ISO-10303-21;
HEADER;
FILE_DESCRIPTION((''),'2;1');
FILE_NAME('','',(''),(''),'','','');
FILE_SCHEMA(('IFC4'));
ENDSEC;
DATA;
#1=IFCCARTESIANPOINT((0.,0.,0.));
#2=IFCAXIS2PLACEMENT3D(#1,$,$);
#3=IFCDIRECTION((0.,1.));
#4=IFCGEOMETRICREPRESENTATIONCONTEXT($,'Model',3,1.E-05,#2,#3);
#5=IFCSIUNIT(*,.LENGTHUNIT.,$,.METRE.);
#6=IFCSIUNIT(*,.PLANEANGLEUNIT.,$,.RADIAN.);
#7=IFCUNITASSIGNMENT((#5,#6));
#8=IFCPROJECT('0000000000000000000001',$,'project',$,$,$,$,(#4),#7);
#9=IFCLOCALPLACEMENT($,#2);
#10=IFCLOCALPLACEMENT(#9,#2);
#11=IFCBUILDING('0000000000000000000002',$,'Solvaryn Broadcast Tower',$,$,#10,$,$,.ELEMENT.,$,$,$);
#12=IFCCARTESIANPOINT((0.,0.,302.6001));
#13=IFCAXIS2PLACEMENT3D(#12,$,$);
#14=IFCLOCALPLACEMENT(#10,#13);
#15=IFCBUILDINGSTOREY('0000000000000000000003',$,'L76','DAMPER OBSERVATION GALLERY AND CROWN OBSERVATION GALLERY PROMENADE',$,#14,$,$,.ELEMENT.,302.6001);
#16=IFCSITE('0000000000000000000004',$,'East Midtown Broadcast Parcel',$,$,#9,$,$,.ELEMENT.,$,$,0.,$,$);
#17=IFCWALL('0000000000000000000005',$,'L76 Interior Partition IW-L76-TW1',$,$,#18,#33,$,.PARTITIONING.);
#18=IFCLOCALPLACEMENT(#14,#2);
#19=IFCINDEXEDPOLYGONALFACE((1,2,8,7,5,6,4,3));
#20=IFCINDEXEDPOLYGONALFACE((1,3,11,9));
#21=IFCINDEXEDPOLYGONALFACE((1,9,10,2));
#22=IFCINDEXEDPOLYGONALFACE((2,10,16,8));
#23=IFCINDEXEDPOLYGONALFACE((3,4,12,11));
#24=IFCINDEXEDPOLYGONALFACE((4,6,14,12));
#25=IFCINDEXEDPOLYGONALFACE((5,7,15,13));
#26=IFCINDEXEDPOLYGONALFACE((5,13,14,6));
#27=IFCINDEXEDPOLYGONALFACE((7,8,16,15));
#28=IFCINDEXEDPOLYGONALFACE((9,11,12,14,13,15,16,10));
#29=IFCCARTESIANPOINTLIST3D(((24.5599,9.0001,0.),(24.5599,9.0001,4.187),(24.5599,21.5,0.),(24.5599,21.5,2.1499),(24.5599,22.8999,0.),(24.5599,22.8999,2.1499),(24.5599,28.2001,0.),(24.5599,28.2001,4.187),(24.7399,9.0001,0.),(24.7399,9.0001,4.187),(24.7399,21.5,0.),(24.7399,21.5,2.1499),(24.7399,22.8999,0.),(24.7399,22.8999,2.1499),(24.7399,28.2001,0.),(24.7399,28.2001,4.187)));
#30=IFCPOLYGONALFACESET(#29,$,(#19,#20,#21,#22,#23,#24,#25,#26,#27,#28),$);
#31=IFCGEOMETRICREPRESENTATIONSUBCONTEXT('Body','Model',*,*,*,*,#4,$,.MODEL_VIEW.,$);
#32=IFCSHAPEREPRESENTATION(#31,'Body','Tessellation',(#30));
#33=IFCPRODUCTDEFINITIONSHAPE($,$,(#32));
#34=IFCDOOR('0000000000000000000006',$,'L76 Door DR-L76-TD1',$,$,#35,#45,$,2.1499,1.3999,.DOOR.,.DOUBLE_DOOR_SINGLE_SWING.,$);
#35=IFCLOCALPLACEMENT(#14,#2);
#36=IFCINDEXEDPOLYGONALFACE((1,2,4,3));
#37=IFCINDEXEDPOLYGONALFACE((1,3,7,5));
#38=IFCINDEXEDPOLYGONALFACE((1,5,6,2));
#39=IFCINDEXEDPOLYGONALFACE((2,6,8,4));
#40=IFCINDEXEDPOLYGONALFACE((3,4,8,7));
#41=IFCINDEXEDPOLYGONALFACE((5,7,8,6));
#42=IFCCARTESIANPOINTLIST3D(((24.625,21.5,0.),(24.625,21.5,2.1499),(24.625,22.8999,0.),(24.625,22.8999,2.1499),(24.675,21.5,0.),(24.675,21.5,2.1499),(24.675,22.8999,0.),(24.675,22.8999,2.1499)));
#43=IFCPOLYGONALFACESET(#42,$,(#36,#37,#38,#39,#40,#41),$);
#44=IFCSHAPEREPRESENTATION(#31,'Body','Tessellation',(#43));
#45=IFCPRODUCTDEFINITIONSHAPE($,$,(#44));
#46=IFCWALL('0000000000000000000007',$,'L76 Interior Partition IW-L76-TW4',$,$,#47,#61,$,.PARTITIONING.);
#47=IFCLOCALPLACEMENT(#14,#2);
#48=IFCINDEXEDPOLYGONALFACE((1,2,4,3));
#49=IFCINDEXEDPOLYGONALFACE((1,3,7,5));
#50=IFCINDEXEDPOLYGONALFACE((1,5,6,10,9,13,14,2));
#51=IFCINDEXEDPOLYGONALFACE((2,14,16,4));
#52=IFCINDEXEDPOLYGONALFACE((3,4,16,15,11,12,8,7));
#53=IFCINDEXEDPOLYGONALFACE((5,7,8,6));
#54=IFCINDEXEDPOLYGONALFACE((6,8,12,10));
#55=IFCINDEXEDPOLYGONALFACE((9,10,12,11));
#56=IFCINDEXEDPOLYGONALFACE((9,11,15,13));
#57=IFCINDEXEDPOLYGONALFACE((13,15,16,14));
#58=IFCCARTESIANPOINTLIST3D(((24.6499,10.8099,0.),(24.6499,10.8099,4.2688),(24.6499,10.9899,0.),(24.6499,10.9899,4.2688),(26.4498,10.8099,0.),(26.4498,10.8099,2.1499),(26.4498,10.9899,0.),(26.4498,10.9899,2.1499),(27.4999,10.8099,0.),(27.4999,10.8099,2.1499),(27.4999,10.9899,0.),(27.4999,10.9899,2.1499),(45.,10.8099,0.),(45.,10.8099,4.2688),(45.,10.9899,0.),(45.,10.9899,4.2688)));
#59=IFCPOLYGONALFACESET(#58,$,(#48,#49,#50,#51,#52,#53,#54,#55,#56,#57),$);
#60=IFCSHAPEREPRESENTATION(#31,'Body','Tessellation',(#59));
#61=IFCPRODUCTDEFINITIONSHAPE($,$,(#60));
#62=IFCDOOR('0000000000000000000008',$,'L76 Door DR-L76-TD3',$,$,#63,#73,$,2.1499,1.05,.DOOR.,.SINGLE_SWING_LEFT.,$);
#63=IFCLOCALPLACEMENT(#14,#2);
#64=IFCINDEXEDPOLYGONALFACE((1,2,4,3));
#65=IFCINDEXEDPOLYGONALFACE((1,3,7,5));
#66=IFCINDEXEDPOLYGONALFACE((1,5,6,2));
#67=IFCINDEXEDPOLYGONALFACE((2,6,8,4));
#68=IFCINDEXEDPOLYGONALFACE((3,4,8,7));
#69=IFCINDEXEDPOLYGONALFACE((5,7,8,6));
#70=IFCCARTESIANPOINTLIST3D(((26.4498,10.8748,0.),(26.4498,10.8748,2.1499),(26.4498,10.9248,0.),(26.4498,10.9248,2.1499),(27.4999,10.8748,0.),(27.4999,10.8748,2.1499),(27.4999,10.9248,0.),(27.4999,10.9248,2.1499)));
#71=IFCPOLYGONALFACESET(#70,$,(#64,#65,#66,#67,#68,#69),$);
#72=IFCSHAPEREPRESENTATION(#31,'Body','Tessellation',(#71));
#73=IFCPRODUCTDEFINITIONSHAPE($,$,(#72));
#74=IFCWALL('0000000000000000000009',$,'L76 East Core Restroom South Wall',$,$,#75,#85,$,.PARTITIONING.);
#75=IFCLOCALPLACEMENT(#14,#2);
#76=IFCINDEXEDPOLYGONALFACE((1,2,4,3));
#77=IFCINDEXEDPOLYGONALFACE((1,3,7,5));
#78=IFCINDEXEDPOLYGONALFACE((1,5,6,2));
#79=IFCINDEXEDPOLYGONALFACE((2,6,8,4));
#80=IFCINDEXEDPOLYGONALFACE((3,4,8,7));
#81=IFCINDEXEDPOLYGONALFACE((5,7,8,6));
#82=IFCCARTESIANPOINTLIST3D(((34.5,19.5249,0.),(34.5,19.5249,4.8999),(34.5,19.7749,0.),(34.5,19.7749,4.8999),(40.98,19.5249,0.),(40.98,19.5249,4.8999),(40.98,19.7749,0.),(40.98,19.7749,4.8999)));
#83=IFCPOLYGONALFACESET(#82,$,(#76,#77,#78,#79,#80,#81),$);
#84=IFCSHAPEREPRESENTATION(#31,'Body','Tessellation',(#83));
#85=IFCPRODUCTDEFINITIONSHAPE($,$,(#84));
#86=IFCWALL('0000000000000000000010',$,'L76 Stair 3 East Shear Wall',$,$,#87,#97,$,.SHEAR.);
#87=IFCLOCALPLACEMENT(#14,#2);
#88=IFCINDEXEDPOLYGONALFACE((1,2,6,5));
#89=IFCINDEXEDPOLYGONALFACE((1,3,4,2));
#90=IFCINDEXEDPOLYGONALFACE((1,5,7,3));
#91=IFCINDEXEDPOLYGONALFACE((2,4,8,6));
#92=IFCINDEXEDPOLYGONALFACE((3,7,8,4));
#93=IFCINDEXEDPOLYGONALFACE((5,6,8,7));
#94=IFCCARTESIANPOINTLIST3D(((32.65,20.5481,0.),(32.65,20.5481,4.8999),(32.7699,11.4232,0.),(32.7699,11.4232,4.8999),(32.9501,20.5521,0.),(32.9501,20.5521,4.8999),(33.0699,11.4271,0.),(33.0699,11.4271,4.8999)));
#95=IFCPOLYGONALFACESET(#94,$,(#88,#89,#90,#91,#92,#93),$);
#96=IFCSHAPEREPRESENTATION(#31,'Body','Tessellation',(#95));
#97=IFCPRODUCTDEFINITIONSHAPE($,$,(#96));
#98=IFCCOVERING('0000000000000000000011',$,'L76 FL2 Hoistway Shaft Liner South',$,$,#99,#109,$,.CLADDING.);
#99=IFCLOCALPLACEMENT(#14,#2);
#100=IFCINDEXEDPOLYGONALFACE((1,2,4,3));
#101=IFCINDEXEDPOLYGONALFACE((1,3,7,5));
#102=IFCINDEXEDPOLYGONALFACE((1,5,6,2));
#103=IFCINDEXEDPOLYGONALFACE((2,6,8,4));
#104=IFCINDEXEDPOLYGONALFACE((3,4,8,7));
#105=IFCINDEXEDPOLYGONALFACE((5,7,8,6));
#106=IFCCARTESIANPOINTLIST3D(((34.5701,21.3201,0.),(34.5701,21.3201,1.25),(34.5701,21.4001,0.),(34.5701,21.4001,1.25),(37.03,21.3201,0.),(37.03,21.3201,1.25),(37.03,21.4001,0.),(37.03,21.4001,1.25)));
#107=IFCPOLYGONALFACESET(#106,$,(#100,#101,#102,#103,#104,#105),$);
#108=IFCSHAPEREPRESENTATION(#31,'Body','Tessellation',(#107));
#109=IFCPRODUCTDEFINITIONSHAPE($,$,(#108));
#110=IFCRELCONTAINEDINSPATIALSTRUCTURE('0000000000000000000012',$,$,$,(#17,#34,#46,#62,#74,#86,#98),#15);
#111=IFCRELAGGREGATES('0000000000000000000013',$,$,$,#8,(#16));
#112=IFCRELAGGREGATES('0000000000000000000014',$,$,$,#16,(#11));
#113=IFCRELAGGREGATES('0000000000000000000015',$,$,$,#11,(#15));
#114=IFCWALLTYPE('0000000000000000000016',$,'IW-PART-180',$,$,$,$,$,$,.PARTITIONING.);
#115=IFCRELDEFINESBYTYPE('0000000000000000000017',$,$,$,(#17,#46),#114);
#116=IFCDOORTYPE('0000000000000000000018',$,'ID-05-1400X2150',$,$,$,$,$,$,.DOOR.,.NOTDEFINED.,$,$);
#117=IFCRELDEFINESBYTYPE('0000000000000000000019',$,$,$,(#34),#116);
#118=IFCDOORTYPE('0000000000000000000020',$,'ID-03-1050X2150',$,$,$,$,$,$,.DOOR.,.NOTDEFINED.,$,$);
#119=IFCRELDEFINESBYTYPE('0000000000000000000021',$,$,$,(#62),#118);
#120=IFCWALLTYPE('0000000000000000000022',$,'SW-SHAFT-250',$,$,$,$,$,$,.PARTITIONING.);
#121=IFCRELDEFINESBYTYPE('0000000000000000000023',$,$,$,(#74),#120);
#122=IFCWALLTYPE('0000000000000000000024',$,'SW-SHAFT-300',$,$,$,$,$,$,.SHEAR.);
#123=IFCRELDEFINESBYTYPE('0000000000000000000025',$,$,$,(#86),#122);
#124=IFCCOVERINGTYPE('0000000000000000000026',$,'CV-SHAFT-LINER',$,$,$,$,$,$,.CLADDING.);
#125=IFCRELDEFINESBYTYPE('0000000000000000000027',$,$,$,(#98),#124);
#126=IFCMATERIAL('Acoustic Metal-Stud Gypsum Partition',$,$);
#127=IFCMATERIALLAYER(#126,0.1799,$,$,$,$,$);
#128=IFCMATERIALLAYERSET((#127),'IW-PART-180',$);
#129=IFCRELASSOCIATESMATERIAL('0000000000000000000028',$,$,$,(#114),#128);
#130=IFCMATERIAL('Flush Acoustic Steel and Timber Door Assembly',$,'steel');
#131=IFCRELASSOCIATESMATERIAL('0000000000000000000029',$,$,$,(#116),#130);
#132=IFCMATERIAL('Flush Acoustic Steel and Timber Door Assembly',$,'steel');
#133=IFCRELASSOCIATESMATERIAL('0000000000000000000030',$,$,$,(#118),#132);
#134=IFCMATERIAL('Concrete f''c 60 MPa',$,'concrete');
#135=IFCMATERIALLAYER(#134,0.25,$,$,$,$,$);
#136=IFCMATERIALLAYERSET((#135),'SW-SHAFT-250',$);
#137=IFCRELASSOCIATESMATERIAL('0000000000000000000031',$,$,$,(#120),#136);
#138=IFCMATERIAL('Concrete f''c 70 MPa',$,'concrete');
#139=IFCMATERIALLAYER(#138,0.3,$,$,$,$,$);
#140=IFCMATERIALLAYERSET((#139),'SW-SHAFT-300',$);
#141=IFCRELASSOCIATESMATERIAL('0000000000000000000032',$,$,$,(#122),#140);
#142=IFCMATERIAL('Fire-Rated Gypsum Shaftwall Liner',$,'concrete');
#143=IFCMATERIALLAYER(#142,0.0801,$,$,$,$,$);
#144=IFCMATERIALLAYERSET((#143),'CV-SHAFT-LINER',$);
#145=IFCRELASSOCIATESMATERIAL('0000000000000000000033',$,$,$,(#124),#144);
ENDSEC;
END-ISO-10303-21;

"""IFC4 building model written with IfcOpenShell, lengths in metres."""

from ifc_helpers import new_model, si_unit, direction, frame, frame_2d, origin, origin_2d, place, context, subcontext, project, spatial, rectangle, extrude, material, layer, layer_set, type_object, element, fill, save


model = new_model("IFC4")

# Units and contexts
model_context = context("Model", 3, precision=1e-05, world=origin(), true_north=direction((0.0, 1.0)))
body_context = subcontext(model_context, "Body", "Model", "MODEL_VIEW")
ifc_project = project(units=[si_unit("LENGTHUNIT", "METRE"), si_unit("PLANEANGLEUNIT", "RADIAN")], contexts=[model_context])

# Site, building, storey
site_placement = place(None, origin())
site = spatial("IfcSite", under=ifc_project, at=site_placement, Name="East Midtown Broadcast Parcel", CompositionType="ELEMENT", RefElevation=0.0)
building_placement = place(site_placement, origin())
building = spatial("IfcBuilding", under=site, at=building_placement, Name="Solvaryn Broadcast Tower", CompositionType="ELEMENT")
storey_placement = place(building_placement, frame((0.0, 0.0, 302.6001)))
storey = spatial("IfcBuildingStorey", under=building, at=storey_placement, Name="L76", Description="DAMPER OBSERVATION GALLERY AND CROWN OBSERVATION GALLERY PROMENADE", CompositionType="ELEMENT", Elevation=302.6001)

# Walls, openings, doors
ifc_material_1 = material(Name="Acoustic Metal-Stud Gypsum Partition")
ifc_layer_1 = layer(ifc_material_1, 0.1799)
ifc_layer_set_1 = layer_set([ifc_layer_1], Name="IW-PART-180")
wall_type_1 = type_object("IfcWallType", Name="IW-PART-180", PredefinedType="PARTITIONING", material=ifc_layer_set_1)
wall_1_placement = place(storey_placement, frame((24.6499, 9.0, 0.0), z_axis=(0.0, 0.0, 1.0), x_axis=(0.0, 1.0, 0.0)))
wall_1 = element("IfcWall", 1, at=wall_1_placement, inside=storey, type_object=wall_type_1, Name="L76 Interior Partition IW-L76-TW1", PredefinedType="PARTITIONING", context=body_context, shape_type="SweptSolid", body=[
    extrude(rectangle(XDim=19.2, YDim=0.1799, at=frame_2d((9.6001, 0.0))), origin(), (0.0, 0.0, 1.0), 4.187),
])
opening_1_placement = place(wall_1_placement, frame((12.5, 0.0, 0.0)))
opening_1 = element("IfcOpeningElement", 2, at=opening_1_placement, cuts=wall_1, PredefinedType="OPENING", context=body_context, shape_type="SweptSolid", body=[
    extrude(rectangle(XDim=1.3999, YDim=2.1499, at=frame_2d((0.7, 1.075))), frame((0.0, 0.0999, 0.0), z_axis=(0.0, -1.0, 0.0), x_axis=(1.0, 0.0, 0.0)), (0.0, 0.0, 1.0), 0.2),
])
ifc_material_2 = material(Name="Flush Acoustic Steel and Timber Door Assembly", Category="steel")
door_type_1 = type_object("IfcDoorType", Name="ID-05-1400X2150", OperationType="NOTDEFINED", PredefinedType="DOOR", material=ifc_material_2)
door_1_placement = place(opening_1_placement, origin())
door_1 = element("IfcDoor", 3, at=door_1_placement, inside=storey, type_object=door_type_1, Name="L76 Door DR-L76-TD1", OperationType="DOUBLE_DOOR_SINGLE_SWING", OverallHeight=2.1499, OverallWidth=1.3999, PredefinedType="DOOR", context=body_context, shape_type="SweptSolid", body=[
    extrude(rectangle(XDim=1.3999, YDim=2.1499, at=frame_2d((0.7, 1.075))), frame((0.0, 0.0249, 0.0), z_axis=(0.0, -1.0, 0.0), x_axis=(1.0, 0.0, 0.0)), (0.0, 0.0, 1.0), 0.05),
])
fill(opening_1, door_1)
wall_2_placement = place(storey_placement, frame((24.6499, 10.8999, 0.0), z_axis=(0.0, 0.0, 1.0), x_axis=(1.0, 0.0, 0.0)))
wall_2 = element("IfcWall", 4, at=wall_2_placement, inside=storey, type_object=wall_type_1, Name="L76 Interior Partition IW-L76-TW4", PredefinedType="PARTITIONING", context=body_context, shape_type="SweptSolid", body=[
    extrude(rectangle(XDim=20.3501, YDim=0.1799, at=frame_2d((10.175, 0.0))), origin(), (0.0, 0.0, 1.0), 4.2688),
])
opening_2_placement = place(wall_2_placement, frame((1.8, 0.0, 0.0)))
opening_2 = element("IfcOpeningElement", 5, at=opening_2_placement, cuts=wall_2, PredefinedType="OPENING", context=body_context, shape_type="SweptSolid", body=[
    extrude(rectangle(XDim=1.05, YDim=2.1499, at=frame_2d((0.5249, 1.075))), frame((0.0, 0.0999, 0.0), z_axis=(0.0, -1.0, 0.0), x_axis=(1.0, 0.0, 0.0)), (0.0, 0.0, 1.0), 0.2),
])
ifc_material_3 = material(Name="Flush Acoustic Steel and Timber Door Assembly", Category="steel")
door_type_2 = type_object("IfcDoorType", Name="ID-03-1050X2150", OperationType="NOTDEFINED", PredefinedType="DOOR", material=ifc_material_3)
door_2_placement = place(opening_2_placement, origin())
door_2 = element("IfcDoor", 6, at=door_2_placement, inside=storey, type_object=door_type_2, Name="L76 Door DR-L76-TD3", OperationType="SINGLE_SWING_LEFT", OverallHeight=2.1499, OverallWidth=1.05, PredefinedType="DOOR", context=body_context, shape_type="SweptSolid", body=[
    extrude(rectangle(XDim=1.05, YDim=2.1499, at=frame_2d((0.5249, 1.075))), frame((0.0, 0.0249, 0.0), z_axis=(0.0, -1.0, 0.0), x_axis=(1.0, 0.0, 0.0)), (0.0, 0.0, 1.0), 0.05),
])
fill(opening_2, door_2)
ifc_material_4 = material(Name="Concrete f'c 60 MPa", Category="concrete")
ifc_layer_2 = layer(ifc_material_4, 0.25)
ifc_layer_set_2 = layer_set([ifc_layer_2], Name="SW-SHAFT-250")
wall_type_2 = type_object("IfcWallType", Name="SW-SHAFT-250", PredefinedType="PARTITIONING", material=ifc_layer_set_2)

# Walls
wall_3_placement = place(storey_placement, frame((34.5, 19.6499, 0.0), z_axis=(0.0, 0.0, 1.0), x_axis=(1.0, 0.0, 0.0)))
element("IfcWall", 7, at=wall_3_placement, inside=storey, type_object=wall_type_2, Name="L76 East Core Restroom South Wall", PredefinedType="PARTITIONING", context=body_context, shape_type="SweptSolid", body=[
    extrude(rectangle(XDim=6.48, YDim=0.25, at=frame_2d((3.24, 0.0))), origin(), (0.0, 0.0, 1.0), 4.8999),
])
ifc_material_5 = material(Name="Concrete f'c 70 MPa", Category="concrete")
ifc_layer_3 = layer(ifc_material_5, 0.3)
ifc_layer_set_3 = layer_set([ifc_layer_3], Name="SW-SHAFT-300")
wall_type_3 = type_object("IfcWallType", Name="SW-SHAFT-300", PredefinedType="SHEAR", material=ifc_layer_set_3)
wall_4_placement = place(storey_placement, frame((32.9199, 11.425, 0.0), z_axis=(0.0, 0.0, 1.0), x_axis=(-0.013136, 0.999914, 0.0)))
element("IfcWall", 8, at=wall_4_placement, inside=storey, type_object=wall_type_3, Name="L76 Stair 3 East Shear Wall", PredefinedType="SHEAR", context=body_context, shape_type="SweptSolid", body=[
    extrude(rectangle(XDim=9.1257, YDim=0.3, at=frame_2d((4.563, 0.0))), origin(), (0.0, 0.0, 1.0), 4.8999),
])

# Covering
ifc_material_6 = material(Name="Fire-Rated Gypsum Shaftwall Liner", Category="concrete")
ifc_layer_4 = layer(ifc_material_6, 0.0801)
ifc_layer_set_4 = layer_set([ifc_layer_4], Name="CV-SHAFT-LINER")
covering_type = type_object("IfcCoveringType", Name="CV-SHAFT-LINER", PredefinedType="CLADDING", material=ifc_layer_set_4)
covering_placement = place(storey_placement, frame((35.8, 21.3601, 0.0), z_axis=(0.0, 0.0, 1.0), x_axis=(1.0, 0.0, 0.0)))
element("IfcCovering", 9, at=covering_placement, inside=storey, type_object=covering_type, Name="L76 FL2 Hoistway Shaft Liner South", PredefinedType="CLADDING", context=body_context, shape_type="SweptSolid", body=[
    extrude(rectangle(XDim=2.46, YDim=0.0801, at=origin_2d()), origin(), (0.0, 0.0, 1.0), 1.25),
])

save(model, "model.ifc")
